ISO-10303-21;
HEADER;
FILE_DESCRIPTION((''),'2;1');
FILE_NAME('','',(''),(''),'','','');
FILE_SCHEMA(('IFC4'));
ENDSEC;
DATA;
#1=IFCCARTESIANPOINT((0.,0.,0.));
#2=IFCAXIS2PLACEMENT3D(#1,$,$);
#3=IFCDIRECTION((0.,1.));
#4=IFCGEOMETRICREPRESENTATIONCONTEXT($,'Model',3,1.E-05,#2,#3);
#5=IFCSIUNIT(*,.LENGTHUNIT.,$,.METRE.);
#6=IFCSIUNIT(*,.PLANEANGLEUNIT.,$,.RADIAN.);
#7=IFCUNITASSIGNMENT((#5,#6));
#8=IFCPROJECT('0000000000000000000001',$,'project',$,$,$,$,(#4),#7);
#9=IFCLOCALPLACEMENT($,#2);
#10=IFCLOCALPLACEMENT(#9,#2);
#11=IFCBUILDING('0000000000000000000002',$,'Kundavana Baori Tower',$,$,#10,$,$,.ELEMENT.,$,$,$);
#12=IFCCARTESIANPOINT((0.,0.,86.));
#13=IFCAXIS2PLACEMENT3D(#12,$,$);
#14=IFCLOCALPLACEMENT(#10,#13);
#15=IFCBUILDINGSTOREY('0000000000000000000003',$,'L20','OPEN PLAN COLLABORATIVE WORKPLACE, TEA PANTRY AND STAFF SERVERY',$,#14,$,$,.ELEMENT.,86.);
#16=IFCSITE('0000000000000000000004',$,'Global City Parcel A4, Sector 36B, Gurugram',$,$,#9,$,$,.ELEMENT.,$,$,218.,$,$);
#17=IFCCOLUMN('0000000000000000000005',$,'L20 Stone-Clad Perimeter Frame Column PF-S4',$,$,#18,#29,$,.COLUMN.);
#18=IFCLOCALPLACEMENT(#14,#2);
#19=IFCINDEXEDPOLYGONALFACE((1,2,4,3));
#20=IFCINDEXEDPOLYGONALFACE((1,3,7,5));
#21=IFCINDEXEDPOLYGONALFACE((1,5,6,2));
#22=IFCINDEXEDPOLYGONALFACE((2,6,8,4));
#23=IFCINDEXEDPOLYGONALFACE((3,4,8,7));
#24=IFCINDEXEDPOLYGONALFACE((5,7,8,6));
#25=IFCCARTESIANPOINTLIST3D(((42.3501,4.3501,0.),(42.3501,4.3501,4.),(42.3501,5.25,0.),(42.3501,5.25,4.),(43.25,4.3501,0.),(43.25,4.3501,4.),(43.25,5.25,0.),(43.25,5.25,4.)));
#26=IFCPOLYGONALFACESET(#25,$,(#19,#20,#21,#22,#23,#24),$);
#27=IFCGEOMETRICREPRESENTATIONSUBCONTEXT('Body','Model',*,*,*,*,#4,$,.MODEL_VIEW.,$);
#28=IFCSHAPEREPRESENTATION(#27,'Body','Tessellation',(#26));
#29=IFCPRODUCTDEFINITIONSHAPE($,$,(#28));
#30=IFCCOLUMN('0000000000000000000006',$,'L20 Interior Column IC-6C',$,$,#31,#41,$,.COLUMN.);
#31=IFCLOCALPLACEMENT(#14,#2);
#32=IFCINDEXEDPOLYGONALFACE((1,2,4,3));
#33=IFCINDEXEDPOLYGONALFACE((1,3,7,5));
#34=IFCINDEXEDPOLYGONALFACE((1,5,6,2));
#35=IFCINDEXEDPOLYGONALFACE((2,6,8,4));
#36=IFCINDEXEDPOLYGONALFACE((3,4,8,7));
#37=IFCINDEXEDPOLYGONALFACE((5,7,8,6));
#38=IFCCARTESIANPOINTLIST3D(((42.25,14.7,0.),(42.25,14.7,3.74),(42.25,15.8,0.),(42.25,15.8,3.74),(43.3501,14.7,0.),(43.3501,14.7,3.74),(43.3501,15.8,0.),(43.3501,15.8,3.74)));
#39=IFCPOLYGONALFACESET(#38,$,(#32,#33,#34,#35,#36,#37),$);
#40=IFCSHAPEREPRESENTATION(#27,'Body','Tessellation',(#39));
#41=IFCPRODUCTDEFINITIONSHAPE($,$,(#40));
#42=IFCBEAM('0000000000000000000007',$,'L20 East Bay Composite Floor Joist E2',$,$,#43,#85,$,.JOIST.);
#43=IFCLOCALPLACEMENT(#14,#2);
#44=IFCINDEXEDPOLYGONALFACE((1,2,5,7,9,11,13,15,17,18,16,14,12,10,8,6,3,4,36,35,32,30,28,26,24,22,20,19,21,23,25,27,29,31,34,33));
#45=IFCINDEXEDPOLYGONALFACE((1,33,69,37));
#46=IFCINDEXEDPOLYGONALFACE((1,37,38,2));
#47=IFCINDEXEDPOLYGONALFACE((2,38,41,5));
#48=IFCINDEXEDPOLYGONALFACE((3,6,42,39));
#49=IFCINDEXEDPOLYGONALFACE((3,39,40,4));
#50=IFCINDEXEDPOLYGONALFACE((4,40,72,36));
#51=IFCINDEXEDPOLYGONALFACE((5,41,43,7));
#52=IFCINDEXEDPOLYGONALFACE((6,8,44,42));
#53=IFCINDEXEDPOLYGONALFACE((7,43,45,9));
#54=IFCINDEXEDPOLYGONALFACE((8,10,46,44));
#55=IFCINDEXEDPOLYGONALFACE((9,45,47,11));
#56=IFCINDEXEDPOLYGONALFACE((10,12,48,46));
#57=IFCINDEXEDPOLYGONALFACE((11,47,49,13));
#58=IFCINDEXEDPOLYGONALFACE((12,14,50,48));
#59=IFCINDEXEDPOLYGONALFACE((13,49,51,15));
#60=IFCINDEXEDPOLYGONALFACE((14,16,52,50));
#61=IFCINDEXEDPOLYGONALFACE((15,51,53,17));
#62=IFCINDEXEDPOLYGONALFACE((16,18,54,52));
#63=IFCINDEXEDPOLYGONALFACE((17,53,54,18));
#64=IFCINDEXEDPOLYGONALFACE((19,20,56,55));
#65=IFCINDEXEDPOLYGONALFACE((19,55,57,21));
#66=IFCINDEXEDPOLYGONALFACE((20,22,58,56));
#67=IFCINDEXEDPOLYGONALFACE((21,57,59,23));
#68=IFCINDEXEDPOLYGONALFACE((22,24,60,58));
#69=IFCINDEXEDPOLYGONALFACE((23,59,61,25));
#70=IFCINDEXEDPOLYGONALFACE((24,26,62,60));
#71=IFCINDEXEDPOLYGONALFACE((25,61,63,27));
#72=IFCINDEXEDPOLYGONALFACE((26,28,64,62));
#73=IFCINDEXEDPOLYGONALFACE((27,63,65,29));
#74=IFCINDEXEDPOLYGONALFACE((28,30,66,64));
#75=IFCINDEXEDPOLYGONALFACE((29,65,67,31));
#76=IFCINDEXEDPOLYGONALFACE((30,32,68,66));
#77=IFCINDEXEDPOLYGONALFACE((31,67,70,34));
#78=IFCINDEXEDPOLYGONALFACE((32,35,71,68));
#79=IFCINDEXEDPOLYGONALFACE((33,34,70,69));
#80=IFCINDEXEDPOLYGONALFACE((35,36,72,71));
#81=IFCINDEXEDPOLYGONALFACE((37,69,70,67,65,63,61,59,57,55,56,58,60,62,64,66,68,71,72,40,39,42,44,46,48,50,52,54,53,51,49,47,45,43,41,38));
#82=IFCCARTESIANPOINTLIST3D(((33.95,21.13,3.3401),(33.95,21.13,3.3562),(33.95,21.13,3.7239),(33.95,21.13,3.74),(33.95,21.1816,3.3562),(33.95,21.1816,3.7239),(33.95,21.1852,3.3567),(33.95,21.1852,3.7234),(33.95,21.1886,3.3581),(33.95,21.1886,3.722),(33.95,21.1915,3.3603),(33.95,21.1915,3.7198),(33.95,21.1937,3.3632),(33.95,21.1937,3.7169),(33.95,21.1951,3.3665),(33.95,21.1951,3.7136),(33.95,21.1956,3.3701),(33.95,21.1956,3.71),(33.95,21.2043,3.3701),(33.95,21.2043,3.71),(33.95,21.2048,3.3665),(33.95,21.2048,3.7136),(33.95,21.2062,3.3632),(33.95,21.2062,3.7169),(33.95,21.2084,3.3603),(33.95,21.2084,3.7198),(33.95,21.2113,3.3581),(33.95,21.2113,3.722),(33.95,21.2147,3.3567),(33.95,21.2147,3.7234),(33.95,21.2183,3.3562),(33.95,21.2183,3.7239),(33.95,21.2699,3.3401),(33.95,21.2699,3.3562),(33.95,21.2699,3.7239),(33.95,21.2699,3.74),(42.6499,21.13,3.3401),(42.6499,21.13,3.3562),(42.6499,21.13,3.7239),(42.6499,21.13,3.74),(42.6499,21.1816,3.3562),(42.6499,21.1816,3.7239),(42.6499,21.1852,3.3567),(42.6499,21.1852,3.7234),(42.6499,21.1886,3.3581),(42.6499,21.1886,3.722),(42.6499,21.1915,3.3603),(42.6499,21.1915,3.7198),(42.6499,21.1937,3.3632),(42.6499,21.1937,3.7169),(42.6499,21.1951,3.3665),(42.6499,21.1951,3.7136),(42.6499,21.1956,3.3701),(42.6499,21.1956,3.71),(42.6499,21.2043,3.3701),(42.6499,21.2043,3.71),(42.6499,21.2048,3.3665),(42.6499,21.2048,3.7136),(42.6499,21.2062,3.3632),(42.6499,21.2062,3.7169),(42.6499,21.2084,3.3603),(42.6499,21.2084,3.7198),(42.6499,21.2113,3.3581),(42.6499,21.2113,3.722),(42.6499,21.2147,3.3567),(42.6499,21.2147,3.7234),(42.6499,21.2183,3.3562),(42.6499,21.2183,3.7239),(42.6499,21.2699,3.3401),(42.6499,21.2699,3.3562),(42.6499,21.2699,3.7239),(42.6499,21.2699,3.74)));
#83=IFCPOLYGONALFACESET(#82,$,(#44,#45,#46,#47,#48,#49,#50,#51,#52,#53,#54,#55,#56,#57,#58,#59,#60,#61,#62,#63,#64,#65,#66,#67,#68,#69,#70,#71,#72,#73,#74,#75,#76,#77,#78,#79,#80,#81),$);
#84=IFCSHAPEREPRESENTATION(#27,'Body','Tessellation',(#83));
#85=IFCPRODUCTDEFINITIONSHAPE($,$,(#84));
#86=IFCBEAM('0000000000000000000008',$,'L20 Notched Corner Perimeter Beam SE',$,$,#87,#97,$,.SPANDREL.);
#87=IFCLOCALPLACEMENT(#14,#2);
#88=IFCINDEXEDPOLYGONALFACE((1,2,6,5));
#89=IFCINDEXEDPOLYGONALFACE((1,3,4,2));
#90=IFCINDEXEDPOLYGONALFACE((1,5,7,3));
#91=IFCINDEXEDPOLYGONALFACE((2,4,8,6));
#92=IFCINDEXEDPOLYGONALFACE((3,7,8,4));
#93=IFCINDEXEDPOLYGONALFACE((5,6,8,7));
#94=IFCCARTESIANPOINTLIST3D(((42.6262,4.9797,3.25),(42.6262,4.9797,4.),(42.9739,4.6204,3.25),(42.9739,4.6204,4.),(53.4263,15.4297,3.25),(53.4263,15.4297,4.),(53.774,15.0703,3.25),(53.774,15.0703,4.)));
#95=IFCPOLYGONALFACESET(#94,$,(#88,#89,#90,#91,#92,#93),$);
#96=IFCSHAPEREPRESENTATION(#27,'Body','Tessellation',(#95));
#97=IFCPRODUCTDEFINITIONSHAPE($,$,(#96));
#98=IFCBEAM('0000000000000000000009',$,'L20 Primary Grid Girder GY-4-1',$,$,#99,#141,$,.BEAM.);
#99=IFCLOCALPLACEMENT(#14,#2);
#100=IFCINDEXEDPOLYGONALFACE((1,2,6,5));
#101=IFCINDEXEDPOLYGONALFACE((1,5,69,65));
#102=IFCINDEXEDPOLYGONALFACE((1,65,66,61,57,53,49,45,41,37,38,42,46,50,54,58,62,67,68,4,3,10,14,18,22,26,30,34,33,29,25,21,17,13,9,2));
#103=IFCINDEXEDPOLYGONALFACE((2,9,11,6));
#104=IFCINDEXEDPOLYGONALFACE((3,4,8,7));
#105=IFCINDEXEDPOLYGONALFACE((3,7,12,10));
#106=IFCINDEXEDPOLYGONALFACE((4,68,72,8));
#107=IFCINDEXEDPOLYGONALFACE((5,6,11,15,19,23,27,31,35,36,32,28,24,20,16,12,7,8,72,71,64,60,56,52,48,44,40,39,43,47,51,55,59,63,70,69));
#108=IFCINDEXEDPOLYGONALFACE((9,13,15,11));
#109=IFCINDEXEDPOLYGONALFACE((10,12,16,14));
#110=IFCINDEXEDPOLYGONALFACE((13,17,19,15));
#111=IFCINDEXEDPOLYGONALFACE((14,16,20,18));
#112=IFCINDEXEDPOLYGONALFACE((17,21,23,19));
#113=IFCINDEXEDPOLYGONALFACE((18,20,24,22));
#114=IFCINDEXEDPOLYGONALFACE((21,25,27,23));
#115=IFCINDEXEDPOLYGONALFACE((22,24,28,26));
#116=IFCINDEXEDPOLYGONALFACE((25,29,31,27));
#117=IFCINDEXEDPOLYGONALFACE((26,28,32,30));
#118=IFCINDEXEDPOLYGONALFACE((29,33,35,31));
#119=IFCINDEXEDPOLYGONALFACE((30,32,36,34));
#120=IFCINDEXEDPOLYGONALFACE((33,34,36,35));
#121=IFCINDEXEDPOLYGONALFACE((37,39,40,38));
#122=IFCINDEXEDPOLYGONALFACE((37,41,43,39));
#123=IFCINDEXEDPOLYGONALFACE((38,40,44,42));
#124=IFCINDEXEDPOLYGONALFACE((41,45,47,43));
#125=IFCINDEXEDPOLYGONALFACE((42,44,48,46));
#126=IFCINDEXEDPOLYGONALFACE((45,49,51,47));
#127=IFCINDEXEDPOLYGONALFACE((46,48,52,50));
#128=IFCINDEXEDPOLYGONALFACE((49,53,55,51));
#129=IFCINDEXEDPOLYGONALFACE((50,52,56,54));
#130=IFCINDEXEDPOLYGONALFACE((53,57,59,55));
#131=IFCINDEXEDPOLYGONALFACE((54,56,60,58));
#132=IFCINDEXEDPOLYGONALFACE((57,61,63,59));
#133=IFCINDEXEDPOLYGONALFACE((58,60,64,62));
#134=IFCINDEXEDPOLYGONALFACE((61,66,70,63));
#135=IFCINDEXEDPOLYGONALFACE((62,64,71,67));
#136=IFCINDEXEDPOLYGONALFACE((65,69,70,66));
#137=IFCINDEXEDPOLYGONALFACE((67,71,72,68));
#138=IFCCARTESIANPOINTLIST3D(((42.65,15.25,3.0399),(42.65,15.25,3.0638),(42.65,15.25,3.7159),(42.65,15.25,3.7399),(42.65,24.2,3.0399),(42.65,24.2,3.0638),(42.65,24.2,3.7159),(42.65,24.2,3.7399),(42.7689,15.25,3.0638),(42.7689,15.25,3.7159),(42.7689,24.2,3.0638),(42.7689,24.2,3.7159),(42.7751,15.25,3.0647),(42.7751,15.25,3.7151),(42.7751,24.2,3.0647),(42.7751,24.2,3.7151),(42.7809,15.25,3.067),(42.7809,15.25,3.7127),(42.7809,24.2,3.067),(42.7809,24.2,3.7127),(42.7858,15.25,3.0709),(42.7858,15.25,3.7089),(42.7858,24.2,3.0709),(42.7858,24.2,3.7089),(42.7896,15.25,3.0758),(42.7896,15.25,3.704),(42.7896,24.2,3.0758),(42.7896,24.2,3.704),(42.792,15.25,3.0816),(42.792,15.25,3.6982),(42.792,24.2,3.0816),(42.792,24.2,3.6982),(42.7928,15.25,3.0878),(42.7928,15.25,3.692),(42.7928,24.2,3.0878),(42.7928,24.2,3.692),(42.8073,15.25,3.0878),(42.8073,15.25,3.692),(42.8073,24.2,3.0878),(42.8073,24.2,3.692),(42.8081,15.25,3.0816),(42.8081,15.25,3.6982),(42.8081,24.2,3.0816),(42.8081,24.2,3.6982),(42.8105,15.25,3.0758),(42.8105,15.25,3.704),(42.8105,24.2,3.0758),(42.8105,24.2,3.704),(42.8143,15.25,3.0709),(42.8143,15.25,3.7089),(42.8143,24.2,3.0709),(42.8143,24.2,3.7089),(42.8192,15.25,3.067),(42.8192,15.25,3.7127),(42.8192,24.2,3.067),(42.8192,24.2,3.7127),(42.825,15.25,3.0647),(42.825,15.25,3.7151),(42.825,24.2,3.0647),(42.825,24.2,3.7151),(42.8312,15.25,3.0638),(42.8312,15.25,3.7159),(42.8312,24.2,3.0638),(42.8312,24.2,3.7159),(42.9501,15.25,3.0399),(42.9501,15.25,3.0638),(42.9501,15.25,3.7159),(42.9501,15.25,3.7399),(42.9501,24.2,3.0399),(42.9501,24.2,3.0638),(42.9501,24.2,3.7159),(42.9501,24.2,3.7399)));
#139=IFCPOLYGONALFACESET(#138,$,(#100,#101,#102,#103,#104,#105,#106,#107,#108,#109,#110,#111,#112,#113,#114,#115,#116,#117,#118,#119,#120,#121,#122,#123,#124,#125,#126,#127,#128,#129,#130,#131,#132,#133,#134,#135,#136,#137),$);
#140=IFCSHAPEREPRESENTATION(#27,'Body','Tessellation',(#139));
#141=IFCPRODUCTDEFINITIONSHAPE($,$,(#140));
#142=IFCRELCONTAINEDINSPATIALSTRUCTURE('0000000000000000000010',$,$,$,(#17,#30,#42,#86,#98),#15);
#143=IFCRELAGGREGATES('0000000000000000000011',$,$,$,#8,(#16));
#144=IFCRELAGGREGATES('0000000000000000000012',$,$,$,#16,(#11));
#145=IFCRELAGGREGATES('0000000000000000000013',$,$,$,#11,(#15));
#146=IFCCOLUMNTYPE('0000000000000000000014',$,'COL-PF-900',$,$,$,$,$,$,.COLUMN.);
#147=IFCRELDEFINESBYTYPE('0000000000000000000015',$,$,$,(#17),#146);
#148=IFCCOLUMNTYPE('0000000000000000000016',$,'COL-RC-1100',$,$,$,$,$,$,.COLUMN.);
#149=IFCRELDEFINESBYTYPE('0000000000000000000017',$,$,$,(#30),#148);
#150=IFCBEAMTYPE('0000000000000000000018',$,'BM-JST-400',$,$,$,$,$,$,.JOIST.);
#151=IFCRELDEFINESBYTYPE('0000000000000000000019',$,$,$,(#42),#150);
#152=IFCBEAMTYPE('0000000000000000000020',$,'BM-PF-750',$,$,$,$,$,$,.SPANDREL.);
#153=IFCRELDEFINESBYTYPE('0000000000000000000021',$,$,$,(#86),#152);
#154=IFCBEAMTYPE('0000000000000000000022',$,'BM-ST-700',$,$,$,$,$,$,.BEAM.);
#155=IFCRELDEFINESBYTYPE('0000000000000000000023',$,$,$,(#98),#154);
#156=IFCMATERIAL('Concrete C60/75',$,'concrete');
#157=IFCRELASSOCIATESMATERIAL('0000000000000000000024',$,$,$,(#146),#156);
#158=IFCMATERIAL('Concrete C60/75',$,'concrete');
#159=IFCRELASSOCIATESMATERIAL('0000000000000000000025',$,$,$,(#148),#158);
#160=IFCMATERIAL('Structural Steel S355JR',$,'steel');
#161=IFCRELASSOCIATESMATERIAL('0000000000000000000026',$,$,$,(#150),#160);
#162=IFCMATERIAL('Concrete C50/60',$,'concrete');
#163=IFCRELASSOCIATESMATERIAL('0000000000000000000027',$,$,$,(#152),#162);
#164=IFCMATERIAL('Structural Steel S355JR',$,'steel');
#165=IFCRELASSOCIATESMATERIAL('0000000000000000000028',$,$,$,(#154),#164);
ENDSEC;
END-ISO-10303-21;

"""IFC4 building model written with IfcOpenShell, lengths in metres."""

from ifc_helpers import new_model, si_unit, direction, frame, origin, origin_2d, place, context, subcontext, project, spatial, rectangle, i_section, extrude, material, material_profile, profile_set, type_object, element, save


model = new_model("IFC4")

# Units and contexts
model_context = context("Model", 3, precision=1e-05, world=origin(), true_north=direction((0.0, 1.0)))
body_context = subcontext(model_context, "Body", "Model", "MODEL_VIEW")
ifc_project = project(units=[si_unit("LENGTHUNIT", "METRE"), si_unit("PLANEANGLEUNIT", "RADIAN")], contexts=[model_context])

# Site, building, storey
site_placement = place(None, origin())
site = spatial("IfcSite", under=ifc_project, at=site_placement, Name="Global City Parcel A4, Sector 36B, Gurugram", CompositionType="ELEMENT", RefElevation=218.0)
building_placement = place(site_placement, origin())
building = spatial("IfcBuilding", under=site, at=building_placement, Name="Kundavana Baori Tower", CompositionType="ELEMENT")
storey_placement = place(building_placement, frame((0.0, 0.0, 86.0)))
storey = spatial("IfcBuildingStorey", under=building, at=storey_placement, Name="L20", Description="OPEN PLAN COLLABORATIVE WORKPLACE, TEA PANTRY AND STAFF SERVERY", CompositionType="ELEMENT", Elevation=86.0)

# Columns
ifc_material_1 = material(Name="Concrete C60/75", Category="concrete")
ifc_material_profile_1 = material_profile(ifc_material_1, rectangle(XDim=0.8999, YDim=0.8999, at=origin_2d()), Name="RC PF 900x900")
ifc_profile_set_1 = profile_set([ifc_material_profile_1], Name="Concrete C60/75")
column_type_1 = type_object("IfcColumnType", Name="COL-PF-900", PredefinedType="COLUMN", material=ifc_profile_set_1)
column_1_placement = place(storey_placement, frame((42.8, 4.8, 0.0), z_axis=(0.0, 0.0, 1.0), x_axis=(1.0, 0.0, 0.0)))
element("IfcColumn", 1, at=column_1_placement, inside=storey, type_object=column_type_1, Name="L20 Stone-Clad Perimeter Frame Column PF-S4", PredefinedType="COLUMN", context=body_context, shape_type="SweptSolid", body=[
    extrude(rectangle(XDim=0.8999, YDim=0.8999, at=origin_2d()), origin(), (0.0, 0.0, 1.0), 4.0),
])
ifc_material_2 = material(Name="Concrete C60/75", Category="concrete")
ifc_material_profile_2 = material_profile(ifc_material_2, rectangle(XDim=1.1001, YDim=1.1001, at=origin_2d()), Name="RC 1100x1100")
ifc_profile_set_2 = profile_set([ifc_material_profile_2], Name="Concrete C60/75")
column_type_2 = type_object("IfcColumnType", Name="COL-RC-1100", PredefinedType="COLUMN", material=ifc_profile_set_2)
column_2_placement = place(storey_placement, frame((42.8, 15.25, 0.0), z_axis=(0.0, 0.0, 1.0), x_axis=(1.0, 0.0, 0.0)))
element("IfcColumn", 2, at=column_2_placement, inside=storey, type_object=column_type_2, Name="L20 Interior Column IC-6C", PredefinedType="COLUMN", context=body_context, shape_type="SweptSolid", body=[
    extrude(rectangle(XDim=1.1001, YDim=1.1001, at=origin_2d()), origin(), (0.0, 0.0, 1.0), 3.74),
])

# Beams
ifc_material_3 = material(Name="Structural Steel S355JR", Category="steel")
ifc_material_profile_3 = material_profile(ifc_material_3, i_section(OverallWidth=0.1399, OverallDepth=0.3999, WebThickness=0.0088, FlangeThickness=0.0161, FilletRadius=0.0139, at=origin_2d()), Name="ISMB 400")
ifc_profile_set_3 = profile_set([ifc_material_profile_3], Name="Structural Steel S355JR")
beam_type_1 = type_object("IfcBeamType", Name="BM-JST-400", PredefinedType="JOIST", material=ifc_profile_set_3)
beam_1_placement = place(storey_placement, frame((33.95, 21.2, 3.54), z_axis=(1.0, 0.0, 0.0), x_axis=(0.0, 1.0, 0.0)))
element("IfcBeam", 3, at=beam_1_placement, inside=storey, type_object=beam_type_1, Name="L20 East Bay Composite Floor Joist E2", PredefinedType="JOIST", context=body_context, shape_type="SweptSolid", body=[
    extrude(i_section(OverallWidth=0.1399, OverallDepth=0.3999, WebThickness=0.0088, FlangeThickness=0.0161, FilletRadius=0.0139, at=origin_2d()), origin(), (0.0, 0.0, 1.0), 8.7),
])
ifc_material_4 = material(Name="Concrete C50/60", Category="concrete")
ifc_material_profile_4 = material_profile(ifc_material_4, rectangle(XDim=0.5, YDim=0.75, at=origin_2d()), Name="RC BM 500x750")
ifc_profile_set_4 = profile_set([ifc_material_profile_4], Name="Concrete C50/60")
beam_type_2 = type_object("IfcBeamType", Name="BM-PF-750", PredefinedType="SPANDREL", material=ifc_profile_set_4)
beam_2_placement = place(storey_placement, frame((42.8, 4.8, 3.625), z_axis=(0.718659, 0.695363, 0.0), x_axis=(-0.695363, 0.718659, 0.0)))
element("IfcBeam", 4, at=beam_2_placement, inside=storey, type_object=beam_type_2, Name="L20 Notched Corner Perimeter Beam SE", PredefinedType="SPANDREL", context=body_context, shape_type="SweptSolid", body=[
    extrude(rectangle(XDim=0.5, YDim=0.75, at=origin_2d()), origin(), (0.0, 0.0, 1.0), 15.0281),
])
ifc_material_5 = material(Name="Structural Steel S355JR", Category="steel")
ifc_material_profile_5 = material_profile(ifc_material_5, i_section(OverallWidth=0.3, OverallDepth=0.7, WebThickness=0.0144, FlangeThickness=0.0239, FilletRadius=0.0239, at=origin_2d()), Name="NPB 700x300x170")
ifc_profile_set_5 = profile_set([ifc_material_profile_5], Name="Structural Steel S355JR")
beam_type_3 = type_object("IfcBeamType", Name="BM-ST-700", PredefinedType="BEAM", material=ifc_profile_set_5)
beam_3_placement = place(storey_placement, frame((42.8, 15.25, 3.3899), z_axis=(0.0, 1.0, 0.0), x_axis=(-1.0, 0.0, 0.0)))
element("IfcBeam", 5, at=beam_3_placement, inside=storey, type_object=beam_type_3, Name="L20 Primary Grid Girder GY-4-1", PredefinedType="BEAM", context=body_context, shape_type="SweptSolid", body=[
    extrude(i_section(OverallWidth=0.3, OverallDepth=0.7, WebThickness=0.0144, FlangeThickness=0.0239, FilletRadius=0.0239, at=origin_2d()), origin(), (0.0, 0.0, 1.0), 8.95),
])

save(model, "model.ifc")
